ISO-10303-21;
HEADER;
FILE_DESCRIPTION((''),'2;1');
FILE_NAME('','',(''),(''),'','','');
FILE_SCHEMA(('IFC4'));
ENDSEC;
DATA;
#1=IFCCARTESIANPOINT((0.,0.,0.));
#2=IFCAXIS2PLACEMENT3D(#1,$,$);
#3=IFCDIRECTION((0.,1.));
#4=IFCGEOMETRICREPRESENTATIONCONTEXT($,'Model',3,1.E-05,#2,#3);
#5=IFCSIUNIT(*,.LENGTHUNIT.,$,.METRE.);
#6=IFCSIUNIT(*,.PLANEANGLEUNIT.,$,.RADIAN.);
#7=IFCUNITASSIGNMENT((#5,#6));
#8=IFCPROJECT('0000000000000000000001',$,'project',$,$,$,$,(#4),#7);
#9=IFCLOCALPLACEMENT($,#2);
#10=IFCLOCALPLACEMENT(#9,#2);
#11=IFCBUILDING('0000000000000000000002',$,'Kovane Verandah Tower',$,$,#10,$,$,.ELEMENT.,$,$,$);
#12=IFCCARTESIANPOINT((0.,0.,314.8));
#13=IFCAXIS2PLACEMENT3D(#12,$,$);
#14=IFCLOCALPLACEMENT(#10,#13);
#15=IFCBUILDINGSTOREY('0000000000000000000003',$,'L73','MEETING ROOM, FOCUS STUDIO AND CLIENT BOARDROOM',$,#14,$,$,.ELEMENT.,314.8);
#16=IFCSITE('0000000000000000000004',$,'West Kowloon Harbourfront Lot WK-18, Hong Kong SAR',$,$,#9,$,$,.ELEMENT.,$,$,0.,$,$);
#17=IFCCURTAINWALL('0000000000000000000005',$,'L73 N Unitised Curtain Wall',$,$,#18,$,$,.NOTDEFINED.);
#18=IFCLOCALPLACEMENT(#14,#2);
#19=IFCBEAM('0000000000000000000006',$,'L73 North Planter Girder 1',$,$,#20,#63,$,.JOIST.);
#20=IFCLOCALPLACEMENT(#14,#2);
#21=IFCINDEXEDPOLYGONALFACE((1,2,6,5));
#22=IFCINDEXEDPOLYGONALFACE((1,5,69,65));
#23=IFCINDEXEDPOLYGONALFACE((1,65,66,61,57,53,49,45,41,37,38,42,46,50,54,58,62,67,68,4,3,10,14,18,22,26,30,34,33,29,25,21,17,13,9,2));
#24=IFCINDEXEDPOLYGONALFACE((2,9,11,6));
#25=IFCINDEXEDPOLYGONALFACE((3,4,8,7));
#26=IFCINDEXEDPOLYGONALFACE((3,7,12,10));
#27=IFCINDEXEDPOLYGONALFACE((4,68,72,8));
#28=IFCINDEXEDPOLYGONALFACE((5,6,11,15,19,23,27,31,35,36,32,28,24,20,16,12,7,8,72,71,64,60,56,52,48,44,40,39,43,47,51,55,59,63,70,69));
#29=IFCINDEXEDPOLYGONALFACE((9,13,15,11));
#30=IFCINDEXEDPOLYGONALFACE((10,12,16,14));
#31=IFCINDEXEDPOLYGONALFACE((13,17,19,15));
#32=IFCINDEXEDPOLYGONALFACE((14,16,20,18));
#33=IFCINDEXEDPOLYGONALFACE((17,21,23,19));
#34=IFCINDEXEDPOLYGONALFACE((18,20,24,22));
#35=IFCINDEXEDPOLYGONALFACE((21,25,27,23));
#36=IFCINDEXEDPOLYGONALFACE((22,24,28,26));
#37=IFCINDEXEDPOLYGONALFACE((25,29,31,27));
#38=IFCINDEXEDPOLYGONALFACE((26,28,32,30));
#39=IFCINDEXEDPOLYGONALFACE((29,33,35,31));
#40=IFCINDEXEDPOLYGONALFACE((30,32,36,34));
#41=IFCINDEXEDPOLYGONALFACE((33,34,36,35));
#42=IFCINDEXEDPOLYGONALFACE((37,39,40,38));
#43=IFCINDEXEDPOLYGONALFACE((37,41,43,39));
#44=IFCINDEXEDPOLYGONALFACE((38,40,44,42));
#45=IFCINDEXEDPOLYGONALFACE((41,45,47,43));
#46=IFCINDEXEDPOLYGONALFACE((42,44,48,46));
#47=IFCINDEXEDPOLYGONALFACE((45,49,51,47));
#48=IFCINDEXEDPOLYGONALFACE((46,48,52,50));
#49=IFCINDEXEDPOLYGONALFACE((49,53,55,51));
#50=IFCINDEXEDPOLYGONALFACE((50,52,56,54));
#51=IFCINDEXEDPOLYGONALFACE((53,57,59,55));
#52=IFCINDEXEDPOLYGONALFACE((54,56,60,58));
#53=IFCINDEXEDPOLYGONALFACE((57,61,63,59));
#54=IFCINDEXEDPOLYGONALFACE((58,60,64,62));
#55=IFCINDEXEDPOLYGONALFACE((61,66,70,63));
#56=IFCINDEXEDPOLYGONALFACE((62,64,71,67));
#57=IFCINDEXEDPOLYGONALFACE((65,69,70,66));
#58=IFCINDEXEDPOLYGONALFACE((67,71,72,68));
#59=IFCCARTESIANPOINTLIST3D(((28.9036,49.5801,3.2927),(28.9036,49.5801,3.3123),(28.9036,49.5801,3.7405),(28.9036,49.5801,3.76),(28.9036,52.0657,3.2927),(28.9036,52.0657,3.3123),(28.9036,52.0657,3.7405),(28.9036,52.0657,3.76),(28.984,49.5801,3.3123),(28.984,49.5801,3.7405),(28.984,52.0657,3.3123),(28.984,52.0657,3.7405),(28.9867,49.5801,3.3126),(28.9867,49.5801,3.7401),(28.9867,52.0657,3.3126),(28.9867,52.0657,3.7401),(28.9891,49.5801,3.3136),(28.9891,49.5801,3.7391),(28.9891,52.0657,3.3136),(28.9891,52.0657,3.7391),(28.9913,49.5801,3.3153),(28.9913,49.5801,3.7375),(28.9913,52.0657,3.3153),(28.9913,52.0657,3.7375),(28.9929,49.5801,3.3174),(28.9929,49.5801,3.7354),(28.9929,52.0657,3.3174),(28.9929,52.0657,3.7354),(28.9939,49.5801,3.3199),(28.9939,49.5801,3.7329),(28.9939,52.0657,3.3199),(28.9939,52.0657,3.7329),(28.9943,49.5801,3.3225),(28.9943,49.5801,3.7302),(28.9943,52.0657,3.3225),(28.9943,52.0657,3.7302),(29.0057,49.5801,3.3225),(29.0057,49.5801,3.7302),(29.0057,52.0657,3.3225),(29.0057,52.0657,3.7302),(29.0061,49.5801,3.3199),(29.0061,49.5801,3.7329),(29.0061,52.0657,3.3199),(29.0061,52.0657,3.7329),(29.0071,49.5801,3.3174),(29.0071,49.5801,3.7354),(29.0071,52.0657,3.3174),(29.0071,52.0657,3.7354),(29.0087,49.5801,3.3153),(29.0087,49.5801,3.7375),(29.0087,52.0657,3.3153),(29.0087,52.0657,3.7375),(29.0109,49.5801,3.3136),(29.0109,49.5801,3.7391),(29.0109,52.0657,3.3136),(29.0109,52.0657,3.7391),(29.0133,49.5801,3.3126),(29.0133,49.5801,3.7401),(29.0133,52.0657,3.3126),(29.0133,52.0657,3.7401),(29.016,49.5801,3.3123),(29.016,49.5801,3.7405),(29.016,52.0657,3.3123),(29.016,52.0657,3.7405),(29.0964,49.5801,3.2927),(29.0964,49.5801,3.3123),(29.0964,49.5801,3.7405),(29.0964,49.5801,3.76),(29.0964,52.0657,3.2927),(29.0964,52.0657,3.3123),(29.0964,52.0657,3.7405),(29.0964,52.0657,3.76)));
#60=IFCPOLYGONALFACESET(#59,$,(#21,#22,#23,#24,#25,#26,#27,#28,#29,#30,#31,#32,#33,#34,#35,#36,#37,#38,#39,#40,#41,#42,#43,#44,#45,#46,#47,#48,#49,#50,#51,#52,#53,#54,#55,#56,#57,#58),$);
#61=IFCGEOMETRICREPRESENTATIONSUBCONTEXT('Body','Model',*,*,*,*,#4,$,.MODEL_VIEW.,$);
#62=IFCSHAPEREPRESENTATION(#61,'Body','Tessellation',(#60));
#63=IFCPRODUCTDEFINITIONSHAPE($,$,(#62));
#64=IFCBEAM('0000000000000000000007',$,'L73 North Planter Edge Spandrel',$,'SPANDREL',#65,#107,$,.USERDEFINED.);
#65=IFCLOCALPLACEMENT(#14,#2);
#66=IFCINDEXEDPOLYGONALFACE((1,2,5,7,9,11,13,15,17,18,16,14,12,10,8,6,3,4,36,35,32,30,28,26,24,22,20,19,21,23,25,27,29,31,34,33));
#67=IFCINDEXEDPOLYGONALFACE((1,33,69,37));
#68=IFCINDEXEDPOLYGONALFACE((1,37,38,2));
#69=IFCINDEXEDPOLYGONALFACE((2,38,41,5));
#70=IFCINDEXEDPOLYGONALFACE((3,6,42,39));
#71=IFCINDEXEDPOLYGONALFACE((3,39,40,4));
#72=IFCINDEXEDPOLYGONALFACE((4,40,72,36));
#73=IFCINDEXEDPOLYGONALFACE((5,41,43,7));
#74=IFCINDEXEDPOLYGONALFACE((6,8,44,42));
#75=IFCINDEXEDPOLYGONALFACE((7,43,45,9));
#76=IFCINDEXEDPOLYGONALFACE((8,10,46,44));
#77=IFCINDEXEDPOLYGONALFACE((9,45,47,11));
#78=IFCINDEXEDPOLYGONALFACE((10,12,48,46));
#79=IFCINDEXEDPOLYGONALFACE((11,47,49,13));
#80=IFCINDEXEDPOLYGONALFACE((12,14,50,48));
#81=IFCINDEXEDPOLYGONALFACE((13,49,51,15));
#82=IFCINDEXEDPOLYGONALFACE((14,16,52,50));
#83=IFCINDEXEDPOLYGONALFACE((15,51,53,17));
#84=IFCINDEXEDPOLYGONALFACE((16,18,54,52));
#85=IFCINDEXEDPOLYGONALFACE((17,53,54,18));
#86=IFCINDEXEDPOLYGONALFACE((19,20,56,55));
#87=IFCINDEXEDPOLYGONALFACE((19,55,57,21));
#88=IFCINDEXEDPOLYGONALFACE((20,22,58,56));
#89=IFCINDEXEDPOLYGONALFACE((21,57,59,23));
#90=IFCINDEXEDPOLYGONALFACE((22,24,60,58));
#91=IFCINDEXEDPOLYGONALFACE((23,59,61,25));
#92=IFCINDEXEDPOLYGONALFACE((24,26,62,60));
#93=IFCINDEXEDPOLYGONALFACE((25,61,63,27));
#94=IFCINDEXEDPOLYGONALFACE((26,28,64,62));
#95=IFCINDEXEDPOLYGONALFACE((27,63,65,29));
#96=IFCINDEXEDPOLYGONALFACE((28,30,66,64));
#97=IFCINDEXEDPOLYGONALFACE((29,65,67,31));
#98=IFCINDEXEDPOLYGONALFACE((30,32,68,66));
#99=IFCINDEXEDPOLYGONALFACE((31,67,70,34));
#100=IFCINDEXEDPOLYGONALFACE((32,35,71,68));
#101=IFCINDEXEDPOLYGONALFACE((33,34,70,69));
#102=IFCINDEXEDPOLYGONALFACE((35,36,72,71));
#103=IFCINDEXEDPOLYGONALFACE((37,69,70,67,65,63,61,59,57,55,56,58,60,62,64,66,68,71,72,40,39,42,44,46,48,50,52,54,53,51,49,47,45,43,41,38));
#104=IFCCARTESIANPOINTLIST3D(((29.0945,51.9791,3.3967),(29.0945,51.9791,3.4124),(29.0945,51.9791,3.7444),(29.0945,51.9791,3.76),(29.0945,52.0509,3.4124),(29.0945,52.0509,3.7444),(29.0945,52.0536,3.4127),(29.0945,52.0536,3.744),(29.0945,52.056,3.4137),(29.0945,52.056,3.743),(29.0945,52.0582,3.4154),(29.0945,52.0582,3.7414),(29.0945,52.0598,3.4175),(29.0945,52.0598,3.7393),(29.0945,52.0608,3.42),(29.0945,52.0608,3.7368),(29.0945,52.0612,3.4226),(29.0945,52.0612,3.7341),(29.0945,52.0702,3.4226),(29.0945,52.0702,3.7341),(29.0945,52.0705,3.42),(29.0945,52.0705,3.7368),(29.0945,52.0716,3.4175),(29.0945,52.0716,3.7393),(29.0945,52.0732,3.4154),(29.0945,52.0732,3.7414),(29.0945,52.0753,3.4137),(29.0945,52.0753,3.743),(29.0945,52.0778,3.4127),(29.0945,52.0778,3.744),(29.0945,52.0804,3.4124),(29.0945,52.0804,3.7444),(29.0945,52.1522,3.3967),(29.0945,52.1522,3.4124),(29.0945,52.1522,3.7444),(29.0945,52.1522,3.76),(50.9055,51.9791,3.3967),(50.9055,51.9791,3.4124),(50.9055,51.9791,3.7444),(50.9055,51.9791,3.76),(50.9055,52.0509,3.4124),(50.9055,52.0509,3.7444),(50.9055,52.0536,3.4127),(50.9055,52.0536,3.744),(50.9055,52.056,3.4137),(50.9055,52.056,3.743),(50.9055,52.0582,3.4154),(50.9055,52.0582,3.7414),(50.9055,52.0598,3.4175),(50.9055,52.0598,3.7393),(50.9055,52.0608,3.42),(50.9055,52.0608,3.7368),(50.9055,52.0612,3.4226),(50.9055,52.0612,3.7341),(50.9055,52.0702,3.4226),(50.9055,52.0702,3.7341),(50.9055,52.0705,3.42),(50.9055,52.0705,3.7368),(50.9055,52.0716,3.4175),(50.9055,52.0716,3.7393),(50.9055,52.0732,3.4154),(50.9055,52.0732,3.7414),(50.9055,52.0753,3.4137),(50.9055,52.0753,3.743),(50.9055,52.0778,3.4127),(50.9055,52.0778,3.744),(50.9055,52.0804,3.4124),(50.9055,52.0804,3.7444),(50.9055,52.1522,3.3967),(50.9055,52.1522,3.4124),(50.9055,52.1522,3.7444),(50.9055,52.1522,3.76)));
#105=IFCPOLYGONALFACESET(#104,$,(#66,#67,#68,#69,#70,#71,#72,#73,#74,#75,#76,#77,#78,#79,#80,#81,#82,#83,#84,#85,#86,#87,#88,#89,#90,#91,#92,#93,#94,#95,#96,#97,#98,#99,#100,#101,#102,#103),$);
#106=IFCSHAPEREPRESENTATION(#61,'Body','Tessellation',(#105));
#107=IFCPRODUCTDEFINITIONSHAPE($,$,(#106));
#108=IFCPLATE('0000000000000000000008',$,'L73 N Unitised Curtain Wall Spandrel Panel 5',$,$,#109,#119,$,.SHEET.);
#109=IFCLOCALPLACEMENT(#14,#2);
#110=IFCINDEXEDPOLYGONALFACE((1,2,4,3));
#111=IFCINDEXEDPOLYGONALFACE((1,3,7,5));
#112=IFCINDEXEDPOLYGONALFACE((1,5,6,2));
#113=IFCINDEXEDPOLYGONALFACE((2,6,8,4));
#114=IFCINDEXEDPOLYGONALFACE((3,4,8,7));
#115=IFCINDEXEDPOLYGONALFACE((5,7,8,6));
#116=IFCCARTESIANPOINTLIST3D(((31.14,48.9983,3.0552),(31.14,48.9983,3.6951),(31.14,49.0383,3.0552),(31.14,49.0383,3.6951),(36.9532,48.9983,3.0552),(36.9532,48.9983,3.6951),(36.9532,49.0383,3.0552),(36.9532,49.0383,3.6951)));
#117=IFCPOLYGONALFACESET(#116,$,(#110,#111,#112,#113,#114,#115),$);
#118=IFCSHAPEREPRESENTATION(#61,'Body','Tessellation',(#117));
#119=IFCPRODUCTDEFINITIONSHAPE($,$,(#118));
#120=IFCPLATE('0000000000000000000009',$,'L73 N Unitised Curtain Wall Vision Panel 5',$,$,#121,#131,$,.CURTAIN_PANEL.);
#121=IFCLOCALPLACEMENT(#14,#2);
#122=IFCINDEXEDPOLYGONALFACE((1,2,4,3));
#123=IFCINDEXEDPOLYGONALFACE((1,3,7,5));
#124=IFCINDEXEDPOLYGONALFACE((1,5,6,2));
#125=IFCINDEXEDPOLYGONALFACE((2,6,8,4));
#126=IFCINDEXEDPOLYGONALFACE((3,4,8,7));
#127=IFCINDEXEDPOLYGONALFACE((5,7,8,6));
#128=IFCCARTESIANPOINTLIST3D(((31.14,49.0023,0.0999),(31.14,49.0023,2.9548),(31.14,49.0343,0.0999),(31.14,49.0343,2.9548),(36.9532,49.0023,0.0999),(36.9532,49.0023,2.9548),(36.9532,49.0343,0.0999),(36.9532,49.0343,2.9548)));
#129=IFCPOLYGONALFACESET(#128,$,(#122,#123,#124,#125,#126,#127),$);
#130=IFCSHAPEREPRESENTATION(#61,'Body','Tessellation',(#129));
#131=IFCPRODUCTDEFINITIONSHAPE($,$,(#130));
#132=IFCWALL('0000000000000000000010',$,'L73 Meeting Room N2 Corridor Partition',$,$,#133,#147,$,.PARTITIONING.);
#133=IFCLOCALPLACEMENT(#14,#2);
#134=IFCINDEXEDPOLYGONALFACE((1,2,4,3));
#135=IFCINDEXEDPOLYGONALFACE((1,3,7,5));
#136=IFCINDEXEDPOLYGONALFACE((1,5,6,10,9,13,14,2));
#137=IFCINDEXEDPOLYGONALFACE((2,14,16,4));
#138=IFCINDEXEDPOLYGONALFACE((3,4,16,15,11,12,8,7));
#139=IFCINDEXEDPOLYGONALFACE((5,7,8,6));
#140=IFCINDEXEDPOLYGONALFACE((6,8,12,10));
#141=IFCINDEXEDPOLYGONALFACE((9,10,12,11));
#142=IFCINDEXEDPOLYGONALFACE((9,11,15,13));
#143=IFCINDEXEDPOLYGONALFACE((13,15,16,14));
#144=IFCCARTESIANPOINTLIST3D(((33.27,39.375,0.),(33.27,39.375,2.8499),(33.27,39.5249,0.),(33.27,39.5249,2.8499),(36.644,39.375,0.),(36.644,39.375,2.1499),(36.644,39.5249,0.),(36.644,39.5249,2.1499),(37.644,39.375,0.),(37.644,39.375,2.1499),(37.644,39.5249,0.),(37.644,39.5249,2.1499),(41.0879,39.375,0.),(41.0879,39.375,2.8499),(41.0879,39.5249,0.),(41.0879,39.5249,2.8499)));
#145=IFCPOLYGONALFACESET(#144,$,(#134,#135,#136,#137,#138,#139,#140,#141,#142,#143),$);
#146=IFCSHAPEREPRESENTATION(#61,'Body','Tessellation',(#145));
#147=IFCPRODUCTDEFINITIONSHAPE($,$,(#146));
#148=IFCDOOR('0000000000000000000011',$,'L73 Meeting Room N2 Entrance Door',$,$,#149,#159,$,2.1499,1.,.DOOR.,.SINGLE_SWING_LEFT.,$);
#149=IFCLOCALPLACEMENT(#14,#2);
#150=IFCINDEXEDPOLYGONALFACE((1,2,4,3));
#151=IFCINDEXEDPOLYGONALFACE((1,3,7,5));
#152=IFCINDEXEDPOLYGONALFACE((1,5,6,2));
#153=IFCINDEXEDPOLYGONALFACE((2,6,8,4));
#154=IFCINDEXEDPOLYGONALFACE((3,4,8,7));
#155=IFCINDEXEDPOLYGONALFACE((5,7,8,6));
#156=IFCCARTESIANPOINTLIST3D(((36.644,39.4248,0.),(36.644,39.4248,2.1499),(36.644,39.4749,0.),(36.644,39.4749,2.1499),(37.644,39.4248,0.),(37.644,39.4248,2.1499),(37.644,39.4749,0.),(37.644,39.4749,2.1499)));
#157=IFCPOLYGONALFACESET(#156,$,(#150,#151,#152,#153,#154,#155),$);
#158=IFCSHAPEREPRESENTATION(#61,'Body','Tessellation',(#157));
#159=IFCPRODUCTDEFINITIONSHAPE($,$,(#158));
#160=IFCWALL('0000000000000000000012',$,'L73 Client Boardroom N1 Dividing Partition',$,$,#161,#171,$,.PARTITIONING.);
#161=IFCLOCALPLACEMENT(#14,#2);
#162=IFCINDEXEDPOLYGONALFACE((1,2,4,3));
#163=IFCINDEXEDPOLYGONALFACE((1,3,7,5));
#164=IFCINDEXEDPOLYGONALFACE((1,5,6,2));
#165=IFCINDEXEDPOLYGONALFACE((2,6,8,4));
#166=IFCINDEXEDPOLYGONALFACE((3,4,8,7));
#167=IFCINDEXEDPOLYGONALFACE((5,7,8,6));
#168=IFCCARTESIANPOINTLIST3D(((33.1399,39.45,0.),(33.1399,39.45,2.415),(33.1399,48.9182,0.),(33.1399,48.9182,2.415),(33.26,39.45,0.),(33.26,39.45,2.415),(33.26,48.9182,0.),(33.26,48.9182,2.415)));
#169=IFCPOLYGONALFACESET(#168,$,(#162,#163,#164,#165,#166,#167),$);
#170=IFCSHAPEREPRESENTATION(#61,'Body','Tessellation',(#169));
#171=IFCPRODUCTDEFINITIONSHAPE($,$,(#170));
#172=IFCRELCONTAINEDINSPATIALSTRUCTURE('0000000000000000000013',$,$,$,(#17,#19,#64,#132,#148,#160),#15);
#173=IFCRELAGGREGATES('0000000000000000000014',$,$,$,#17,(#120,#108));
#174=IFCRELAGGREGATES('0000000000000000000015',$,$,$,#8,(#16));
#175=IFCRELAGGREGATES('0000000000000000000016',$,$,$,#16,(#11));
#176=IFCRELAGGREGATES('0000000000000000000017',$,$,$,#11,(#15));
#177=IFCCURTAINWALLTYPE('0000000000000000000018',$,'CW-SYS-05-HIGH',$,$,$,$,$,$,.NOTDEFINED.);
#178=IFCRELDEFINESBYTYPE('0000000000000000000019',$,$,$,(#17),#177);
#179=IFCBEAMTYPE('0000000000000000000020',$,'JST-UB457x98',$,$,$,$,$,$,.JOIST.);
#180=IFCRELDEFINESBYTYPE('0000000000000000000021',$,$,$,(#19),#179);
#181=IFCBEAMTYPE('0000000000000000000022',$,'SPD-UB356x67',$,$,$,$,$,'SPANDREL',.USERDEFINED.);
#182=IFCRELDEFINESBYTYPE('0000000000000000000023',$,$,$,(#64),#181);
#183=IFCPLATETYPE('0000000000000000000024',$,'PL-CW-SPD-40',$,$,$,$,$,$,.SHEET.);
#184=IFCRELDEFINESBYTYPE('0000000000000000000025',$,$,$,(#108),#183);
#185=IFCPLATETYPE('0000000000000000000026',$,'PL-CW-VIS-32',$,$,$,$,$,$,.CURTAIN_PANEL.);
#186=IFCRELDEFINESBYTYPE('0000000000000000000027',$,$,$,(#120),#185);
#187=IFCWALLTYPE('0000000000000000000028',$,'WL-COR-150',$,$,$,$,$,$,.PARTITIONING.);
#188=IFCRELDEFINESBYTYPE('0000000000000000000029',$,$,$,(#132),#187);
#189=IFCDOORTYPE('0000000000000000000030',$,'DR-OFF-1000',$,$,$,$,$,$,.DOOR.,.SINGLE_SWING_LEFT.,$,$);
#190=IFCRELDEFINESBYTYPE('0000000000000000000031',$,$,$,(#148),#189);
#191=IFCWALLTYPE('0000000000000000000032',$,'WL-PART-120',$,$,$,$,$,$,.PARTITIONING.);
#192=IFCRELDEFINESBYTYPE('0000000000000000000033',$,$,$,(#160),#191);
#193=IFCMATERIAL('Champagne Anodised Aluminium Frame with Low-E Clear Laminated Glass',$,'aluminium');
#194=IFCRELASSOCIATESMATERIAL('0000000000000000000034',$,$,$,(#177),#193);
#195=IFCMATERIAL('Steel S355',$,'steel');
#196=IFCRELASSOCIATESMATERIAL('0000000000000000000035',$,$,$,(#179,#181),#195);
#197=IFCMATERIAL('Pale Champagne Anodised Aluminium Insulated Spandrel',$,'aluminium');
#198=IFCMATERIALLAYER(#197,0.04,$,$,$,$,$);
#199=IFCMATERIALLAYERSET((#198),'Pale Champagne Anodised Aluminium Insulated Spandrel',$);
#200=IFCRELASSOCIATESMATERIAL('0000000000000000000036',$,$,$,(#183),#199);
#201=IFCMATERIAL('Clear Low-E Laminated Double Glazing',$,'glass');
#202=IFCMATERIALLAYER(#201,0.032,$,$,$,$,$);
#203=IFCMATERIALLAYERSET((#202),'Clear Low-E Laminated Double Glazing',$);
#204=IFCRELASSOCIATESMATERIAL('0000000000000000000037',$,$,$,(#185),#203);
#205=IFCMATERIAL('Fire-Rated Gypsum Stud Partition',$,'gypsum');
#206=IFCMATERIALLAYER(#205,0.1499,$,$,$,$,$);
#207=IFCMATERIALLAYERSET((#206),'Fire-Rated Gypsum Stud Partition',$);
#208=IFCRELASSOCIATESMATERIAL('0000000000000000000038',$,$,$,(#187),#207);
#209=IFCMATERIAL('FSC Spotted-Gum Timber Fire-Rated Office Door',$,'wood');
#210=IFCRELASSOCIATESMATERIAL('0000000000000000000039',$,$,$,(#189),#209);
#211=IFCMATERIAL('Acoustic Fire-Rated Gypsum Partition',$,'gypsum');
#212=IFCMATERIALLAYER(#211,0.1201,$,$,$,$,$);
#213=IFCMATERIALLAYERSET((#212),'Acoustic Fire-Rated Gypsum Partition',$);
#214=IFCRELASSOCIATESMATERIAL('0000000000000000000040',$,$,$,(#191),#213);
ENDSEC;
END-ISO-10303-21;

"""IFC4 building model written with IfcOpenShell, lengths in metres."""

from ifc_helpers import new_model, si_unit, direction, frame, frame_2d, origin, origin_2d, place, context, subcontext, project, spatial, rectangle, i_section, extrude, material, layer, layer_set, material_profile, profile_set, type_object, element, fill, aggregate, save


model = new_model("IFC4")

# Units and contexts
model_context = context("Model", 3, precision=1e-05, world=origin(), true_north=direction((0.0, 1.0)))
body_context = subcontext(model_context, "Body", "Model", "MODEL_VIEW")
ifc_project = project(units=[si_unit("LENGTHUNIT", "METRE"), si_unit("PLANEANGLEUNIT", "RADIAN")], contexts=[model_context])

# Site, building, storey
site_placement = place(None, origin())
site = spatial("IfcSite", under=ifc_project, at=site_placement, Name="West Kowloon Harbourfront Lot WK-18, Hong Kong SAR", CompositionType="ELEMENT", RefElevation=0.0)
building_placement = place(site_placement, origin())
building = spatial("IfcBuilding", under=site, at=building_placement, Name="Kovane Verandah Tower", CompositionType="ELEMENT")
storey_placement = place(building_placement, frame((0.0, 0.0, 314.8)))
storey = spatial("IfcBuildingStorey", under=building, at=storey_placement, Name="L73", Description="MEETING ROOM, FOCUS STUDIO AND CLIENT BOARDROOM", CompositionType="ELEMENT", Elevation=314.8)

# Shared definitions
ifc_material_1 = material(Name="Steel S355", Category="steel")

# Curtain wall
ifc_material_2 = material(Name="Champagne Anodised Aluminium Frame with Low-E Clear Laminated Glass", Category="aluminium")
curtain_wall_type = type_object("IfcCurtainWallType", Name="CW-SYS-05-HIGH", PredefinedType="NOTDEFINED", material=ifc_material_2)
curtain_wall_placement = place(storey_placement, origin())
curtain_wall = element("IfcCurtainWall", 1, at=curtain_wall_placement, inside=storey, type_object=curtain_wall_type, Name="L73 N Unitised Curtain Wall", PredefinedType="NOTDEFINED")

# Beams
ifc_material_profile_1 = material_profile(ifc_material_1, i_section(OverallWidth=0.1929, OverallDepth=0.4673, WebThickness=0.0115, FlangeThickness=0.0195, FilletRadius=0.0103, at=origin_2d()), Name="UB457x191x98")
ifc_profile_set_1 = profile_set([ifc_material_profile_1], Name="Steel S355")
beam_type_1 = type_object("IfcBeamType", Name="JST-UB457x98", PredefinedType="JOIST", material=ifc_profile_set_1)
beam_1_placement = place(storey_placement, frame((29.0, 49.5801, 3.5264), z_axis=(0.0, 1.0, 0.0), x_axis=(-1.0, 0.0, 0.0)))
element("IfcBeam", 2, at=beam_1_placement, inside=storey, type_object=beam_type_1, Name="L73 North Planter Girder 1", PredefinedType="JOIST", context=body_context, shape_type="SweptSolid", body=[
    extrude(i_section(OverallWidth=0.1929, OverallDepth=0.4673, WebThickness=0.0115, FlangeThickness=0.0195, FilletRadius=0.0103, at=origin_2d()), origin(), (0.0, 0.0, 1.0), 2.4856),
])
ifc_material_profile_2 = material_profile(ifc_material_1, i_section(OverallWidth=0.1731, OverallDepth=0.3633, WebThickness=0.009, FlangeThickness=0.0156, FilletRadius=0.0103, at=origin_2d()), Name="UB356x171x67")
ifc_profile_set_2 = profile_set([ifc_material_profile_2], Name="Steel S355")
beam_type_2 = type_object("IfcBeamType", Name="SPD-UB356x67", ElementType="SPANDREL", PredefinedType="USERDEFINED", material=ifc_profile_set_2)
beam_2_placement = place(storey_placement, frame((29.0945, 52.0657, 3.5784), z_axis=(1.0, 0.0, 0.0), x_axis=(0.0, 1.0, 0.0)))
element("IfcBeam", 3, at=beam_2_placement, inside=storey, type_object=beam_type_2, Name="L73 North Planter Edge Spandrel", ObjectType="SPANDREL", PredefinedType="USERDEFINED", context=body_context, shape_type="SweptSolid", body=[
    extrude(i_section(OverallWidth=0.1731, OverallDepth=0.3633, WebThickness=0.009, FlangeThickness=0.0156, FilletRadius=0.0103, at=origin_2d()), origin(), (0.0, 0.0, 1.0), 21.811),
])

# Plates
ifc_material_3 = material(Name="Pale Champagne Anodised Aluminium Insulated Spandrel", Category="aluminium")
ifc_layer_1 = layer(ifc_material_3, 0.04)
ifc_layer_set_1 = layer_set([ifc_layer_1], Name="Pale Champagne Anodised Aluminium Insulated Spandrel")
plate_type_1 = type_object("IfcPlateType", Name="PL-CW-SPD-40", PredefinedType="SHEET", material=ifc_layer_set_1)
plate_1_placement = place(storey_placement, frame((34.0466, 49.0183, 3.0552), z_axis=(0.0, 0.0, 1.0), x_axis=(-1.0, 0.0, 0.0)))
plate_1 = element("IfcPlate", 4, at=plate_1_placement, type_object=plate_type_1, Name="L73 N Unitised Curtain Wall Spandrel Panel 5", PredefinedType="SHEET", context=body_context, shape_type="SweptSolid", body=[
    extrude(rectangle(XDim=5.8132, YDim=0.04, at=origin_2d()), origin(), (0.0, 0.0, 1.0), 0.6399),
])
ifc_material_4 = material(Name="Clear Low-E Laminated Double Glazing", Category="glass")
ifc_layer_2 = layer(ifc_material_4, 0.032)
ifc_layer_set_2 = layer_set([ifc_layer_2], Name="Clear Low-E Laminated Double Glazing")
plate_type_2 = type_object("IfcPlateType", Name="PL-CW-VIS-32", PredefinedType="CURTAIN_PANEL", material=ifc_layer_set_2)
plate_2_placement = place(storey_placement, frame((34.0466, 49.0183, 0.0999), z_axis=(0.0, 0.0, 1.0), x_axis=(-1.0, 0.0, 0.0)))
plate_2 = element("IfcPlate", 5, at=plate_2_placement, type_object=plate_type_2, Name="L73 N Unitised Curtain Wall Vision Panel 5", PredefinedType="CURTAIN_PANEL", context=body_context, shape_type="SweptSolid", body=[
    extrude(rectangle(XDim=5.8132, YDim=0.032, at=origin_2d()), origin(), (0.0, 0.0, 1.0), 2.855),
])
aggregate(curtain_wall, [plate_2, plate_1])

# Wall, opening, door
ifc_material_5 = material(Name="Fire-Rated Gypsum Stud Partition", Category="gypsum")
ifc_layer_3 = layer(ifc_material_5, 0.1499)
ifc_layer_set_3 = layer_set([ifc_layer_3], Name="Fire-Rated Gypsum Stud Partition")
wall_type_1 = type_object("IfcWallType", Name="WL-COR-150", PredefinedType="PARTITIONING", material=ifc_layer_set_3)
wall_1_placement = place(storey_placement, frame((33.27, 39.45, 0.0), z_axis=(0.0, 0.0, 1.0), x_axis=(1.0, 0.0, 0.0)))
wall_1 = element("IfcWall", 6, at=wall_1_placement, inside=storey, type_object=wall_type_1, Name="L73 Meeting Room N2 Corridor Partition", PredefinedType="PARTITIONING", context=body_context, shape_type="SweptSolid", body=[
    extrude(rectangle(XDim=7.8179, YDim=0.1499, at=frame_2d((3.9089, 0.0))), origin(), (0.0, 0.0, 1.0), 2.8499),
])
opening_1_placement = place(wall_1_placement, frame((3.374, 0.0, 0.0)))
opening_1 = element("IfcOpeningElement", 7, at=opening_1_placement, cuts=wall_1, PredefinedType="OPENING", context=body_context, shape_type="SweptSolid", body=[
    extrude(rectangle(XDim=1.0, YDim=2.1499, at=frame_2d((0.5, 1.075))), frame((0.0, 0.075, 0.0), z_axis=(0.0, -1.0, 0.0), x_axis=(1.0, 0.0, 0.0)), (0.0, 0.0, 1.0), 0.1499),
])
ifc_material_6 = material(Name="FSC Spotted-Gum Timber Fire-Rated Office Door", Category="wood")
door_type_1 = type_object("IfcDoorType", Name="DR-OFF-1000", OperationType="SINGLE_SWING_LEFT", PredefinedType="DOOR", material=ifc_material_6)
door_1_placement = place(opening_1_placement, origin())
door_1 = element("IfcDoor", 8, at=door_1_placement, inside=storey, type_object=door_type_1, Name="L73 Meeting Room N2 Entrance Door", OperationType="SINGLE_SWING_LEFT", OverallHeight=2.1499, OverallWidth=1.0, PredefinedType="DOOR", context=body_context, shape_type="SweptSolid", body=[
    extrude(rectangle(XDim=1.0, YDim=2.1499, at=frame_2d((0.5, 1.075))), frame((0.0, 0.0249, 0.0), z_axis=(0.0, -1.0, 0.0), x_axis=(1.0, 0.0, 0.0)), (0.0, 0.0, 1.0), 0.05),
])
fill(opening_1, door_1)

# Wall
ifc_material_7 = material(Name="Acoustic Fire-Rated Gypsum Partition", Category="gypsum")
ifc_layer_4 = layer(ifc_material_7, 0.1201)
ifc_layer_set_4 = layer_set([ifc_layer_4], Name="Acoustic Fire-Rated Gypsum Partition")
wall_type_2 = type_object("IfcWallType", Name="WL-PART-120", PredefinedType="PARTITIONING", material=ifc_layer_set_4)
wall_2_placement = place(storey_placement, frame((33.2, 39.45, 0.0), z_axis=(0.0, 0.0, 1.0), x_axis=(0.0, 1.0, 0.0)))
element("IfcWall", 9, at=wall_2_placement, inside=storey, type_object=wall_type_2, Name="L73 Client Boardroom N1 Dividing Partition", PredefinedType="PARTITIONING", context=body_context, shape_type="SweptSolid", body=[
    extrude(rectangle(XDim=9.4683, YDim=0.1201, at=frame_2d((4.7341, 0.0))), origin(), (0.0, 0.0, 1.0), 2.415),
])

save(model, "model.ifc")
